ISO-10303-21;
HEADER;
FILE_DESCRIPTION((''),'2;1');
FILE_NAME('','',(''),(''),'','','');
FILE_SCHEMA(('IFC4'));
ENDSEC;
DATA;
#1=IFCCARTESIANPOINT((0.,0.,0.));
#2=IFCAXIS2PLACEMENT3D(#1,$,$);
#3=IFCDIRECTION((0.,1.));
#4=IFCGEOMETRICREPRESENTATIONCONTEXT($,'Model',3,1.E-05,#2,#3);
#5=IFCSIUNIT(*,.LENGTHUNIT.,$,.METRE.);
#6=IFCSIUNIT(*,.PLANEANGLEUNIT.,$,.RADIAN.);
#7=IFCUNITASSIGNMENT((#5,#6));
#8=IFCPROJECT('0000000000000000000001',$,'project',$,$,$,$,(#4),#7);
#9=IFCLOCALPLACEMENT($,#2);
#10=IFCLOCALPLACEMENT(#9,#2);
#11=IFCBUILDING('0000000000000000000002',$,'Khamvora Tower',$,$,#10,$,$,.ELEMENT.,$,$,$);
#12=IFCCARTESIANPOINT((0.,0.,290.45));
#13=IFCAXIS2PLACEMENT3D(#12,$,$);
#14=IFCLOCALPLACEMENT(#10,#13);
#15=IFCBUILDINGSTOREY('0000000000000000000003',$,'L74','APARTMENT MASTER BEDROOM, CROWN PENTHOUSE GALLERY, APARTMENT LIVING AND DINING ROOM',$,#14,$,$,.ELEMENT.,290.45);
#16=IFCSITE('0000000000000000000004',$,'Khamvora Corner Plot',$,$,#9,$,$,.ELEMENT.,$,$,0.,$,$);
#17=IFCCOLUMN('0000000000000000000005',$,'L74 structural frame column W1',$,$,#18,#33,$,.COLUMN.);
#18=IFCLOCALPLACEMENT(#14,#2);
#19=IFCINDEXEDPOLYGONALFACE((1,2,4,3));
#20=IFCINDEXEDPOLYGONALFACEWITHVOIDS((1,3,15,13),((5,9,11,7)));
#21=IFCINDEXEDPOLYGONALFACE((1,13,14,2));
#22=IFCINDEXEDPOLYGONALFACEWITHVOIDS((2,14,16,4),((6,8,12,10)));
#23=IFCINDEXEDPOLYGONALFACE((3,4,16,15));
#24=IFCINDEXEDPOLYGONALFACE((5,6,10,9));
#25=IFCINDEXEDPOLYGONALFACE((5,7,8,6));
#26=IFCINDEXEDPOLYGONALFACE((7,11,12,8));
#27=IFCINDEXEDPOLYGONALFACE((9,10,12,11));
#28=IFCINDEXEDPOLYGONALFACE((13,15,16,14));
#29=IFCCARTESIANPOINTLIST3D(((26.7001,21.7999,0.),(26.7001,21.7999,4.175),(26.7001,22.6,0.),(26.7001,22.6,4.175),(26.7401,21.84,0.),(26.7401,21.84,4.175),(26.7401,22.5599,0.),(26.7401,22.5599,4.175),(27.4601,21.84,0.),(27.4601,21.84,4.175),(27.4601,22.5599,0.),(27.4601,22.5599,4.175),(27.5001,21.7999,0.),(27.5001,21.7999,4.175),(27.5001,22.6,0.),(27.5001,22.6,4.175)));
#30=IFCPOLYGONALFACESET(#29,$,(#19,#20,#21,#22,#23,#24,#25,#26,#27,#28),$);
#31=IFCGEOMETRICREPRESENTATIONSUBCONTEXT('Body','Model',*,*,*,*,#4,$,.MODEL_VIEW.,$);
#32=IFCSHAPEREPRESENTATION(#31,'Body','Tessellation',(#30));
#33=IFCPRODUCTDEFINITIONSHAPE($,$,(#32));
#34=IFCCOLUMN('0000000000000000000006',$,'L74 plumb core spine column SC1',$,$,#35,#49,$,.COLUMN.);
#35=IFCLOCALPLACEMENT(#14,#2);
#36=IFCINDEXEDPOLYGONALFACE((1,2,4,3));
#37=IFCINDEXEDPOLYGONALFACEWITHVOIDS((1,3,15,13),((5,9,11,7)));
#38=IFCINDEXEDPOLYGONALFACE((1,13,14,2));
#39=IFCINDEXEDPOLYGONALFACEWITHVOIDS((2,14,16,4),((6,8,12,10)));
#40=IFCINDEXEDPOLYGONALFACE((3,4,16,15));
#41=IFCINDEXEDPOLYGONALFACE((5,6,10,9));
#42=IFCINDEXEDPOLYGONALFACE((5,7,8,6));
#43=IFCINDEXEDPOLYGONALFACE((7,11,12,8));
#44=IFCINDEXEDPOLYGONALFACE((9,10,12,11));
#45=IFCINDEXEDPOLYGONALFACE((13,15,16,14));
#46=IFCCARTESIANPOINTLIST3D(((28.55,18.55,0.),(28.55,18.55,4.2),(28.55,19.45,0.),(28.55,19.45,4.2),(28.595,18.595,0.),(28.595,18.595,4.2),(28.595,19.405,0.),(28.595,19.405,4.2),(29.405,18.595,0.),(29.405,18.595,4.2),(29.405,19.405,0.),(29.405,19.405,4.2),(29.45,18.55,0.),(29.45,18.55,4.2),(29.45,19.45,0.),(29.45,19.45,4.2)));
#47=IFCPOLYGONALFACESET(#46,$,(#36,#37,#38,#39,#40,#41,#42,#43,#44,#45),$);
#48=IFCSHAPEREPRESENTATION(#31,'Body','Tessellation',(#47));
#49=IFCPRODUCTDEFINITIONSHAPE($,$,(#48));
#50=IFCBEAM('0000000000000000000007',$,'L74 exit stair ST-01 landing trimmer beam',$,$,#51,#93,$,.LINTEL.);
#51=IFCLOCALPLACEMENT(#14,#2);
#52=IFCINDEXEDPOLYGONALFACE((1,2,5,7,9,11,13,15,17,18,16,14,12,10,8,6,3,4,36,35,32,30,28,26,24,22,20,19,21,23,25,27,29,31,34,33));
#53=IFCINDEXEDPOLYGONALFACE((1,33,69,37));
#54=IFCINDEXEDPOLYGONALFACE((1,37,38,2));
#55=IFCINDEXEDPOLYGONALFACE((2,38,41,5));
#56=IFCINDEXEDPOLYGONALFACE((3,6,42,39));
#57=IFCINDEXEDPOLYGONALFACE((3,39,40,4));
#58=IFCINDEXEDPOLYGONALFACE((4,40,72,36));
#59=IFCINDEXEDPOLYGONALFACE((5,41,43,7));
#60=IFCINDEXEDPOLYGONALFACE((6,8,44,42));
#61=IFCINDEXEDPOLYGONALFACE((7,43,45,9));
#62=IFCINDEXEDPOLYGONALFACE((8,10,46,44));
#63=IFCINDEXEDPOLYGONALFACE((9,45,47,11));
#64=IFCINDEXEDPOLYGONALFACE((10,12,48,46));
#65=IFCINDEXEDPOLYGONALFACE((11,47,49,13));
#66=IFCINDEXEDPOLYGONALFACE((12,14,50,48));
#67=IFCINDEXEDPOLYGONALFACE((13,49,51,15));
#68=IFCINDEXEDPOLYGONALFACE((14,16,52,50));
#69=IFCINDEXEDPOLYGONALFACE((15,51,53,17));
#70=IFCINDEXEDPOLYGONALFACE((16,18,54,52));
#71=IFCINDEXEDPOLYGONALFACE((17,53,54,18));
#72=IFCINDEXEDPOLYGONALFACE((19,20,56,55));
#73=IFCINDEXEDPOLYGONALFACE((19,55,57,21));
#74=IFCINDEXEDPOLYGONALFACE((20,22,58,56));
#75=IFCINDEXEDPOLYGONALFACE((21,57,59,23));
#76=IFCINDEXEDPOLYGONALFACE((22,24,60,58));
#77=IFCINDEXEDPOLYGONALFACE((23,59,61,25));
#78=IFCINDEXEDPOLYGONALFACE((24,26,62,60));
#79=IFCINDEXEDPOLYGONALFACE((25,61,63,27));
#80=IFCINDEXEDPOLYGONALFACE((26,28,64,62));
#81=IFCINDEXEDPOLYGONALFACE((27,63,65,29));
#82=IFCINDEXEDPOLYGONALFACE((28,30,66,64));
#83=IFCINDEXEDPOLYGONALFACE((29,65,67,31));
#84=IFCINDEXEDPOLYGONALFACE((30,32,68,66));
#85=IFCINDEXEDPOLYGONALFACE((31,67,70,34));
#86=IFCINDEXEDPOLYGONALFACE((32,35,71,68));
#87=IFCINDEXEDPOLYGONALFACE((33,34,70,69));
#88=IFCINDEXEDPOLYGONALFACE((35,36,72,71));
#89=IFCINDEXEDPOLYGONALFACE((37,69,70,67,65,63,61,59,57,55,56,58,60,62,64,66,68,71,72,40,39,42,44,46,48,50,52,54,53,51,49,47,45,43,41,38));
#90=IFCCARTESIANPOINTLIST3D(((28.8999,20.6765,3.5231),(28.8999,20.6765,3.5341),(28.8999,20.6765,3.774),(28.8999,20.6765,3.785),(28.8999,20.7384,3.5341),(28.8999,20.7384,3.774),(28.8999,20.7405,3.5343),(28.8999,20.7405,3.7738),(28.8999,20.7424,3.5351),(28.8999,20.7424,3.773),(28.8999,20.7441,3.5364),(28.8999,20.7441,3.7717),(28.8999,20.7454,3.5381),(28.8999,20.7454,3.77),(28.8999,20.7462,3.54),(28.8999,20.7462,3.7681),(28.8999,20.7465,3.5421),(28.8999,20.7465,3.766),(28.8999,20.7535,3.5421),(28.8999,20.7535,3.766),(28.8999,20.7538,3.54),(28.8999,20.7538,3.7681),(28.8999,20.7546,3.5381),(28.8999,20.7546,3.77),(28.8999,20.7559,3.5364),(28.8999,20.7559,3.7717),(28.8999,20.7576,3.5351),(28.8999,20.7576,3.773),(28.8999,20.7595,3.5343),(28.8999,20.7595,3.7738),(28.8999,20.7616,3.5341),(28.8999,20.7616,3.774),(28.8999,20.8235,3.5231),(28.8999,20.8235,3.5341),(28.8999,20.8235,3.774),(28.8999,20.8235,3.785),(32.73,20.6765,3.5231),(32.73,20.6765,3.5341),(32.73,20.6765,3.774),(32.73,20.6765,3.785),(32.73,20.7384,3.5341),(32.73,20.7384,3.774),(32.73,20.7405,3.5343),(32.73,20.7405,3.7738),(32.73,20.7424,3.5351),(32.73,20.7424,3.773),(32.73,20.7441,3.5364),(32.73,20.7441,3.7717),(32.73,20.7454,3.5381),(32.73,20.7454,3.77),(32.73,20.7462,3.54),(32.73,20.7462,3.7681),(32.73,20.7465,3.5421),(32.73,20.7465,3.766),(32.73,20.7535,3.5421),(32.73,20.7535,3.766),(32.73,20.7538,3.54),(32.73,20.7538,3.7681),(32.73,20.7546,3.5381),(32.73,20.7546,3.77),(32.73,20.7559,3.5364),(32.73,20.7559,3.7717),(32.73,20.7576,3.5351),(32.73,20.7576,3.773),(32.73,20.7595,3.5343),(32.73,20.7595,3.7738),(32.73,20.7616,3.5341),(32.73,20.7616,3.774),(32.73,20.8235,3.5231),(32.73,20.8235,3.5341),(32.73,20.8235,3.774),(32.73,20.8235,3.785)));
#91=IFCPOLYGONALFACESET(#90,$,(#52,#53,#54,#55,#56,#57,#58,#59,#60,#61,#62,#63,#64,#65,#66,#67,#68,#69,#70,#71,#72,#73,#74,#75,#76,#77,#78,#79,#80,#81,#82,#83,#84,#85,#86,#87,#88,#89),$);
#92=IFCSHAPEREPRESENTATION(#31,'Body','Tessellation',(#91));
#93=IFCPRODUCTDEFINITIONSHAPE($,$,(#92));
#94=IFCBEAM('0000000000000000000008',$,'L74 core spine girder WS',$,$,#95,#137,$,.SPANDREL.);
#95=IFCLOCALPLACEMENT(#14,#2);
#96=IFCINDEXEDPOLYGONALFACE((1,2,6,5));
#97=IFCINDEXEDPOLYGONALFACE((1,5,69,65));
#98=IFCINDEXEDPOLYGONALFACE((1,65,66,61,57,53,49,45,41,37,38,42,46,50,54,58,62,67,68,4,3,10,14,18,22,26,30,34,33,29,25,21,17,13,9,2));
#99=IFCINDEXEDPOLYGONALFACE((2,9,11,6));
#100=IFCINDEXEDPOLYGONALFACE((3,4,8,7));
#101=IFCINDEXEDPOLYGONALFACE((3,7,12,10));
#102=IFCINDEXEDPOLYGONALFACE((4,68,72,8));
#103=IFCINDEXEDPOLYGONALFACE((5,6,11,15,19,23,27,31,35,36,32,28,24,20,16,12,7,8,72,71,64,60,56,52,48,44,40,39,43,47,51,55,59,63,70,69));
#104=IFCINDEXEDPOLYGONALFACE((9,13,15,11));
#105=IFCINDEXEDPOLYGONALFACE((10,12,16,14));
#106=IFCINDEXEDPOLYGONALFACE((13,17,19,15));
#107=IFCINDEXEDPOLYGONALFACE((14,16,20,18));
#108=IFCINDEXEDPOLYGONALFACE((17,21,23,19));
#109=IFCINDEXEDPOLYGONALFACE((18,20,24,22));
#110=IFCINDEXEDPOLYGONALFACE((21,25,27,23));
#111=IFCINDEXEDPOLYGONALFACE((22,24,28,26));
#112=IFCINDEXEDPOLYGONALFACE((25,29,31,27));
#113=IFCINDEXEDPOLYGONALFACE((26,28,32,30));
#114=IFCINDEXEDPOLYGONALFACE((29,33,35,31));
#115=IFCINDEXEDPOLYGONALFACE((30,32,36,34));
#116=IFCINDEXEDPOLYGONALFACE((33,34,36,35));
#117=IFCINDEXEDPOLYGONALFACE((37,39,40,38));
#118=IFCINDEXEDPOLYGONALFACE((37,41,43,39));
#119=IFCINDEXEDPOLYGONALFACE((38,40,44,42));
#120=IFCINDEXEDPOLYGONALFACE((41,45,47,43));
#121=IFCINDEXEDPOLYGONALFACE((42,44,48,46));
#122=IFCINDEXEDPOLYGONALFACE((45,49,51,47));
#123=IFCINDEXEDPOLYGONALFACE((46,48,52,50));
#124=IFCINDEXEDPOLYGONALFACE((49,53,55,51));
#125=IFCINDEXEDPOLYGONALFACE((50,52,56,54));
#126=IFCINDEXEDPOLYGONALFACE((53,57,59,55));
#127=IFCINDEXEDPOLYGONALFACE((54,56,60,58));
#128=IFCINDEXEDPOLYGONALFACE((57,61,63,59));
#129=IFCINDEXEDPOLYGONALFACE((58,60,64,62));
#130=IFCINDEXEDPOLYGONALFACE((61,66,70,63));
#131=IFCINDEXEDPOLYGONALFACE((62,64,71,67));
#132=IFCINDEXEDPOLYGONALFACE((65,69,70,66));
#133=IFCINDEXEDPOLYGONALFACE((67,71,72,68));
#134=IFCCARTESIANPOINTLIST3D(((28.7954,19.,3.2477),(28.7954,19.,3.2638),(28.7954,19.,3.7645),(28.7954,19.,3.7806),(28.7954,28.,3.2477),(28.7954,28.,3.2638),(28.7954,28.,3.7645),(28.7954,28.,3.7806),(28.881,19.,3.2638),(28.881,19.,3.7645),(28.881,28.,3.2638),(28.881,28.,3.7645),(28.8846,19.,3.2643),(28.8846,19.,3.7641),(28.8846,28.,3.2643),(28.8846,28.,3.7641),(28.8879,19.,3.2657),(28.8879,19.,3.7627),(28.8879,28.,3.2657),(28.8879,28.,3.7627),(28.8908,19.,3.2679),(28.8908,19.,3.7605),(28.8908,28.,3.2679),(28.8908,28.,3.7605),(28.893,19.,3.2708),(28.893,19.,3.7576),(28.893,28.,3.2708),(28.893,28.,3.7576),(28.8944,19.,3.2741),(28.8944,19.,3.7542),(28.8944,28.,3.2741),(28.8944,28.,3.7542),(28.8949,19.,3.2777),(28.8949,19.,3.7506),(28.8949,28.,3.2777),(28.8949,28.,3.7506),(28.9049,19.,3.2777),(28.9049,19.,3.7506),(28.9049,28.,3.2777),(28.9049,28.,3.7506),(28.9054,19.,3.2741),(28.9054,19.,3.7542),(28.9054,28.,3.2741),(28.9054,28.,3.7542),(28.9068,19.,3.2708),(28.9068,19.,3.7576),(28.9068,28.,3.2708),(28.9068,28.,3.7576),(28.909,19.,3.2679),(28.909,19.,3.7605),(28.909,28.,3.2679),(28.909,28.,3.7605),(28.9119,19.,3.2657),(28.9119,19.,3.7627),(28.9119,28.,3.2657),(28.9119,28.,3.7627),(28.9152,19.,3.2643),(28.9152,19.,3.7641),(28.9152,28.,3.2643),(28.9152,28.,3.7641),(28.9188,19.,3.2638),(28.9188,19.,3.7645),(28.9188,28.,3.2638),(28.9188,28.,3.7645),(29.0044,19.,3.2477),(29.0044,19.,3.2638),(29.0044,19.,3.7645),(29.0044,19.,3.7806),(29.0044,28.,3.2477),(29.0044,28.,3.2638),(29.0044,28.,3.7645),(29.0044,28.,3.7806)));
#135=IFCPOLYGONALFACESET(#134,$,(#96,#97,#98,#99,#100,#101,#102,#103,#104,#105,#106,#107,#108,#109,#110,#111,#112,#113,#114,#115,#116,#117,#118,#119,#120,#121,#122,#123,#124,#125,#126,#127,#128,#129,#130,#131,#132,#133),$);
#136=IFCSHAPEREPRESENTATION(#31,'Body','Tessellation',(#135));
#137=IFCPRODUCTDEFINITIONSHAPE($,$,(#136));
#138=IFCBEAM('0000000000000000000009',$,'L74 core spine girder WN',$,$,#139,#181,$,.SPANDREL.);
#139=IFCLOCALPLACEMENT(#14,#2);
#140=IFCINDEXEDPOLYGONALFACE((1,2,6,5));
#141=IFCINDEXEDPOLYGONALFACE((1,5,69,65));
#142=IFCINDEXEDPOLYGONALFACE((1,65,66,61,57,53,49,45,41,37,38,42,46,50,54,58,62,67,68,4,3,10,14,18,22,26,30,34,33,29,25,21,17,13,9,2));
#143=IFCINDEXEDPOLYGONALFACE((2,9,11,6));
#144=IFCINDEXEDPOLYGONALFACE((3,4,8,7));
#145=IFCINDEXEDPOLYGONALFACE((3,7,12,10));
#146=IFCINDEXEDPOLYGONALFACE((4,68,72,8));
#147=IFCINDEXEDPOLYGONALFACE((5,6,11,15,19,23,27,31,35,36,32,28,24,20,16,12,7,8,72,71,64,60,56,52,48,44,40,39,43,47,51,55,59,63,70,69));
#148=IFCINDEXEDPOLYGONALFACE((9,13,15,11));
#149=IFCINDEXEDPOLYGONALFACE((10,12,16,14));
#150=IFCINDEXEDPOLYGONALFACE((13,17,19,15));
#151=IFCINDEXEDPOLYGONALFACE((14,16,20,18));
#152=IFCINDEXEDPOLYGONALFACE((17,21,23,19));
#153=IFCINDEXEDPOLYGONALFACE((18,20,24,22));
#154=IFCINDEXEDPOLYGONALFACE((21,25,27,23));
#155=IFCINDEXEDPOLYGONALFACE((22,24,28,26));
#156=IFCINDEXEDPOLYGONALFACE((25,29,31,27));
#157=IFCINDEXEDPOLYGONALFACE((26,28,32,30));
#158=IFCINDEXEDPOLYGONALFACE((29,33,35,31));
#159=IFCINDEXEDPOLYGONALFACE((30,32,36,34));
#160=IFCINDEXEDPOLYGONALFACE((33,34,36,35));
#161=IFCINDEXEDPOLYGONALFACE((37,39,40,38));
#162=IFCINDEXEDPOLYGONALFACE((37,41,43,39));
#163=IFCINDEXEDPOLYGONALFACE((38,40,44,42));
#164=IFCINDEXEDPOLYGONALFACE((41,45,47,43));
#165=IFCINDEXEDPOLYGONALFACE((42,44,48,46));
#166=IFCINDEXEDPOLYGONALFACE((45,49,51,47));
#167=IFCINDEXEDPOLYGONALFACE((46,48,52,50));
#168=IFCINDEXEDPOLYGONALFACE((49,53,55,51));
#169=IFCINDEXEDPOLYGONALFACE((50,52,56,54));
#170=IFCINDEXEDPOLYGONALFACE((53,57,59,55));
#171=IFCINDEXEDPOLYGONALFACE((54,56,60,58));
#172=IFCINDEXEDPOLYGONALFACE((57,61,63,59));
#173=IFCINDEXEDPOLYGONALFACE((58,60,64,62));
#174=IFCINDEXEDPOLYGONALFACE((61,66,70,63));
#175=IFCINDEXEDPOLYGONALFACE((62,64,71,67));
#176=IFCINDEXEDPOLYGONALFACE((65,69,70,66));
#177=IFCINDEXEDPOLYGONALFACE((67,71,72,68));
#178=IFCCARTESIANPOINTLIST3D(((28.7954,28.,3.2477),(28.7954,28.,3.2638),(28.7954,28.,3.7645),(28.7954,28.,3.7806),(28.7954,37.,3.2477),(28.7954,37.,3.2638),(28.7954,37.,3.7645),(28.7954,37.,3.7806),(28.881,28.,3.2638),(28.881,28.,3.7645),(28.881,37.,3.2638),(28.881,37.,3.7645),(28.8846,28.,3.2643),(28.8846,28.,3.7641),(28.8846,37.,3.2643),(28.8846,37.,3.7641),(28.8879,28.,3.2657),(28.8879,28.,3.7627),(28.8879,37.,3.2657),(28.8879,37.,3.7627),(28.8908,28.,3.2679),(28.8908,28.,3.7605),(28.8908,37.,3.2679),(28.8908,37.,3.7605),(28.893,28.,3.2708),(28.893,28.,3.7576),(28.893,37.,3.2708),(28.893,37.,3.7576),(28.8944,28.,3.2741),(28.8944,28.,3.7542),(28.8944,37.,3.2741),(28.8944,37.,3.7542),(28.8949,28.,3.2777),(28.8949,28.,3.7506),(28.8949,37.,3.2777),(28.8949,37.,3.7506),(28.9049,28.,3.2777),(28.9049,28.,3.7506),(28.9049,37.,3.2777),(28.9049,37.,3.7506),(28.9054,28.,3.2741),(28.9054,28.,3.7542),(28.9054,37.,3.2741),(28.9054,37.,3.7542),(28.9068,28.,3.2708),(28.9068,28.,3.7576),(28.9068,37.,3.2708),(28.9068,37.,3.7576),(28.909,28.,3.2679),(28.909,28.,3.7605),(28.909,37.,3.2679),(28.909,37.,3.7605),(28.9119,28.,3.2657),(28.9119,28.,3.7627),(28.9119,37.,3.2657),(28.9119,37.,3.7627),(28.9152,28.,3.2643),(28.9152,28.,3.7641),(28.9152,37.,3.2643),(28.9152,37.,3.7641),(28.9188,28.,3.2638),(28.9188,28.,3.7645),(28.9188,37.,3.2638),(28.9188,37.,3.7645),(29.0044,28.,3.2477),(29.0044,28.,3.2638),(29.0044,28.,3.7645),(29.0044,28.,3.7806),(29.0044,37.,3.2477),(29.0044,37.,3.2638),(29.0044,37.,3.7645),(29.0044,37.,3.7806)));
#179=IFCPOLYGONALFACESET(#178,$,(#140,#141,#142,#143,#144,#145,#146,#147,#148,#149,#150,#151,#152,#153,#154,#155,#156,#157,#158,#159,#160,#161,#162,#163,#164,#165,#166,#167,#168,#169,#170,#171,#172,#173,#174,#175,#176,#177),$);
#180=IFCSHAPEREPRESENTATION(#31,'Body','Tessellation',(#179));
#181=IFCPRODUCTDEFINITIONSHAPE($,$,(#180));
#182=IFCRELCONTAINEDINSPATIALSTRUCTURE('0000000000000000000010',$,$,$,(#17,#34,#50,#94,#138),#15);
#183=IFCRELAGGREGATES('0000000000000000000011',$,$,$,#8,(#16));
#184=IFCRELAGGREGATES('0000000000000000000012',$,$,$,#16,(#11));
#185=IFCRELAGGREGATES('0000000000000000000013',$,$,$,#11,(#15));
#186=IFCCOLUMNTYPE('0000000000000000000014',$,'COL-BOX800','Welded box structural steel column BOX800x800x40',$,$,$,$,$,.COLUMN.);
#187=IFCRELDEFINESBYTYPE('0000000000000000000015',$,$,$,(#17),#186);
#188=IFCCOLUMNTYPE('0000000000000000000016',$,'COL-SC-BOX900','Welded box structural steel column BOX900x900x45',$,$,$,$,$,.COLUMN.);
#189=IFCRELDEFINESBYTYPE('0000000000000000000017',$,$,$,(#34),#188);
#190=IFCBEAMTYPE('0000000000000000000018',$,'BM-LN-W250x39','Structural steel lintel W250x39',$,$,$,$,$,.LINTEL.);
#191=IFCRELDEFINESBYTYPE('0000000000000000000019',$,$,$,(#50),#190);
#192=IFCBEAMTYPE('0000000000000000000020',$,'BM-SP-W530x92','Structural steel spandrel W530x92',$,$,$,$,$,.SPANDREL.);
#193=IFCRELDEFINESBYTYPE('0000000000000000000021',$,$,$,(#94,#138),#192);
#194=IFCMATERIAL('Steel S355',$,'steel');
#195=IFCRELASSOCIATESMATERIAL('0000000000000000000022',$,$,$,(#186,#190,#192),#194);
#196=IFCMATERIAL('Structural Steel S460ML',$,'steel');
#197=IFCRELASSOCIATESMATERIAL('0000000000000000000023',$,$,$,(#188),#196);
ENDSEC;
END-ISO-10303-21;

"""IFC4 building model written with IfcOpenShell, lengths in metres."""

from ifc_helpers import new_model, si_unit, direction, frame, origin, origin_2d, place, context, subcontext, project, spatial, hollow_rectangle, i_section, extrude, material, material_profile, profile_set, type_object, element, save


model = new_model("IFC4")

# Units and contexts
model_context = context("Model", 3, precision=1e-05, world=origin(), true_north=direction((0.0, 1.0)))
body_context = subcontext(model_context, "Body", "Model", "MODEL_VIEW")
ifc_project = project(units=[si_unit("LENGTHUNIT", "METRE"), si_unit("PLANEANGLEUNIT", "RADIAN")], contexts=[model_context])

# Site, building, storey
site_placement = place(None, origin())
site = spatial("IfcSite", under=ifc_project, at=site_placement, Name="Khamvora Corner Plot", CompositionType="ELEMENT", RefElevation=0.0)
building_placement = place(site_placement, origin())
building = spatial("IfcBuilding", under=site, at=building_placement, Name="Khamvora Tower", CompositionType="ELEMENT")
storey_placement = place(building_placement, frame((0.0, 0.0, 290.45)))
storey = spatial("IfcBuildingStorey", under=building, at=storey_placement, Name="L74", Description="APARTMENT MASTER BEDROOM, CROWN PENTHOUSE GALLERY, APARTMENT LIVING AND DINING ROOM", CompositionType="ELEMENT", Elevation=290.45)

# Columns
ifc_material_1 = material(Name="Steel S355", Category="steel")
ifc_material_profile_1 = material_profile(ifc_material_1, hollow_rectangle(XDim=0.8, YDim=0.8, WallThickness=0.04, at=origin_2d()), Name="BOX800x800x40")
ifc_profile_set_1 = profile_set([ifc_material_profile_1], Name="Steel S355")
column_type_1 = type_object("IfcColumnType", Name="COL-BOX800", Description="Welded box structural steel column BOX800x800x40", PredefinedType="COLUMN", material=ifc_profile_set_1)
column_1_placement = place(storey_placement, frame((27.1001, 22.2, 0.0), z_axis=(0.0, 0.0, 1.0), x_axis=(1.0, 0.0, 0.0)))
element("IfcColumn", 1, at=column_1_placement, inside=storey, type_object=column_type_1, Name="L74 structural frame column W1", PredefinedType="COLUMN", context=body_context, shape_type="SweptSolid", body=[
    extrude(hollow_rectangle(XDim=0.8, YDim=0.8, WallThickness=0.04, at=origin_2d()), origin(), (0.0, 0.0, 1.0), 4.175),
])
ifc_material_2 = material(Name="Structural Steel S460ML", Category="steel")
ifc_material_profile_2 = material_profile(ifc_material_2, hollow_rectangle(XDim=0.8999, YDim=0.8999, WallThickness=0.0449, at=origin_2d()), Name="BOX900x900x45")
ifc_profile_set_2 = profile_set([ifc_material_profile_2], Name="Structural Steel S460ML")
column_type_2 = type_object("IfcColumnType", Name="COL-SC-BOX900", Description="Welded box structural steel column BOX900x900x45", PredefinedType="COLUMN", material=ifc_profile_set_2)
column_2_placement = place(storey_placement, frame((29.0, 19.0, 0.0), z_axis=(0.0, 0.0, 1.0), x_axis=(1.0, 0.0, 0.0)))
element("IfcColumn", 2, at=column_2_placement, inside=storey, type_object=column_type_2, Name="L74 plumb core spine column SC1", PredefinedType="COLUMN", context=body_context, shape_type="SweptSolid", body=[
    extrude(hollow_rectangle(XDim=0.8999, YDim=0.8999, WallThickness=0.0449, at=origin_2d()), origin(), (0.0, 0.0, 1.0), 4.2),
])

# Beams
ifc_material_profile_3 = material_profile(ifc_material_1, i_section(OverallWidth=0.147, OverallDepth=0.262, WebThickness=0.0071, FlangeThickness=0.011, FilletRadius=0.0081, at=origin_2d()), Name="W250x39")
ifc_profile_set_3 = profile_set([ifc_material_profile_3], Name="Steel S355")
beam_type_1 = type_object("IfcBeamType", Name="BM-LN-W250x39", Description="Structural steel lintel W250x39", PredefinedType="LINTEL", material=ifc_profile_set_3)
beam_1_placement = place(storey_placement, frame((28.8999, 20.75, 3.6541), z_axis=(1.0, 0.0, 0.0), x_axis=(0.0, 1.0, 0.0)))
element("IfcBeam", 3, at=beam_1_placement, inside=storey, type_object=beam_type_1, Name="L74 exit stair ST-01 landing trimmer beam", PredefinedType="LINTEL", context=body_context, shape_type="SweptSolid", body=[
    extrude(i_section(OverallWidth=0.147, OverallDepth=0.262, WebThickness=0.0071, FlangeThickness=0.011, FilletRadius=0.0081, at=origin_2d()), origin(), (0.0, 0.0, 1.0), 3.8301),
])
ifc_material_profile_4 = material_profile(ifc_material_1, i_section(OverallWidth=0.209, OverallDepth=0.533, WebThickness=0.01, FlangeThickness=0.0161, FilletRadius=0.0139, at=origin_2d()), Name="W530x92")
ifc_profile_set_4 = profile_set([ifc_material_profile_4], Name="Steel S355")
beam_type_2 = type_object("IfcBeamType", Name="BM-SP-W530x92", Description="Structural steel spandrel W530x92", PredefinedType="SPANDREL", material=ifc_profile_set_4)
for number, where, z_axis, x_axis, name in (
    (4, (28.8999, 19.0, 3.5142), (0.0, 1.0, 0.0), (-1.0, 0.0, 0.0), "L74 core spine girder WS"),
    (5, (28.8999, 28.0, 3.5142), (0.0, 1.0, 0.0), (-1.0, 0.0, 0.0), "L74 core spine girder WN"),
):
    element("IfcBeam", number, at=place(storey_placement, frame(where, z_axis=z_axis, x_axis=x_axis)), inside=storey, type_object=beam_type_2, Name=name, PredefinedType="SPANDREL", context=body_context, shape_type="SweptSolid", body=[
        extrude(i_section(OverallWidth=0.209, OverallDepth=0.533, WebThickness=0.01, FlangeThickness=0.0161, FilletRadius=0.0139, at=origin_2d()), origin(), (0.0, 0.0, 1.0), 9.0),
    ])

save(model, "model.ifc")
